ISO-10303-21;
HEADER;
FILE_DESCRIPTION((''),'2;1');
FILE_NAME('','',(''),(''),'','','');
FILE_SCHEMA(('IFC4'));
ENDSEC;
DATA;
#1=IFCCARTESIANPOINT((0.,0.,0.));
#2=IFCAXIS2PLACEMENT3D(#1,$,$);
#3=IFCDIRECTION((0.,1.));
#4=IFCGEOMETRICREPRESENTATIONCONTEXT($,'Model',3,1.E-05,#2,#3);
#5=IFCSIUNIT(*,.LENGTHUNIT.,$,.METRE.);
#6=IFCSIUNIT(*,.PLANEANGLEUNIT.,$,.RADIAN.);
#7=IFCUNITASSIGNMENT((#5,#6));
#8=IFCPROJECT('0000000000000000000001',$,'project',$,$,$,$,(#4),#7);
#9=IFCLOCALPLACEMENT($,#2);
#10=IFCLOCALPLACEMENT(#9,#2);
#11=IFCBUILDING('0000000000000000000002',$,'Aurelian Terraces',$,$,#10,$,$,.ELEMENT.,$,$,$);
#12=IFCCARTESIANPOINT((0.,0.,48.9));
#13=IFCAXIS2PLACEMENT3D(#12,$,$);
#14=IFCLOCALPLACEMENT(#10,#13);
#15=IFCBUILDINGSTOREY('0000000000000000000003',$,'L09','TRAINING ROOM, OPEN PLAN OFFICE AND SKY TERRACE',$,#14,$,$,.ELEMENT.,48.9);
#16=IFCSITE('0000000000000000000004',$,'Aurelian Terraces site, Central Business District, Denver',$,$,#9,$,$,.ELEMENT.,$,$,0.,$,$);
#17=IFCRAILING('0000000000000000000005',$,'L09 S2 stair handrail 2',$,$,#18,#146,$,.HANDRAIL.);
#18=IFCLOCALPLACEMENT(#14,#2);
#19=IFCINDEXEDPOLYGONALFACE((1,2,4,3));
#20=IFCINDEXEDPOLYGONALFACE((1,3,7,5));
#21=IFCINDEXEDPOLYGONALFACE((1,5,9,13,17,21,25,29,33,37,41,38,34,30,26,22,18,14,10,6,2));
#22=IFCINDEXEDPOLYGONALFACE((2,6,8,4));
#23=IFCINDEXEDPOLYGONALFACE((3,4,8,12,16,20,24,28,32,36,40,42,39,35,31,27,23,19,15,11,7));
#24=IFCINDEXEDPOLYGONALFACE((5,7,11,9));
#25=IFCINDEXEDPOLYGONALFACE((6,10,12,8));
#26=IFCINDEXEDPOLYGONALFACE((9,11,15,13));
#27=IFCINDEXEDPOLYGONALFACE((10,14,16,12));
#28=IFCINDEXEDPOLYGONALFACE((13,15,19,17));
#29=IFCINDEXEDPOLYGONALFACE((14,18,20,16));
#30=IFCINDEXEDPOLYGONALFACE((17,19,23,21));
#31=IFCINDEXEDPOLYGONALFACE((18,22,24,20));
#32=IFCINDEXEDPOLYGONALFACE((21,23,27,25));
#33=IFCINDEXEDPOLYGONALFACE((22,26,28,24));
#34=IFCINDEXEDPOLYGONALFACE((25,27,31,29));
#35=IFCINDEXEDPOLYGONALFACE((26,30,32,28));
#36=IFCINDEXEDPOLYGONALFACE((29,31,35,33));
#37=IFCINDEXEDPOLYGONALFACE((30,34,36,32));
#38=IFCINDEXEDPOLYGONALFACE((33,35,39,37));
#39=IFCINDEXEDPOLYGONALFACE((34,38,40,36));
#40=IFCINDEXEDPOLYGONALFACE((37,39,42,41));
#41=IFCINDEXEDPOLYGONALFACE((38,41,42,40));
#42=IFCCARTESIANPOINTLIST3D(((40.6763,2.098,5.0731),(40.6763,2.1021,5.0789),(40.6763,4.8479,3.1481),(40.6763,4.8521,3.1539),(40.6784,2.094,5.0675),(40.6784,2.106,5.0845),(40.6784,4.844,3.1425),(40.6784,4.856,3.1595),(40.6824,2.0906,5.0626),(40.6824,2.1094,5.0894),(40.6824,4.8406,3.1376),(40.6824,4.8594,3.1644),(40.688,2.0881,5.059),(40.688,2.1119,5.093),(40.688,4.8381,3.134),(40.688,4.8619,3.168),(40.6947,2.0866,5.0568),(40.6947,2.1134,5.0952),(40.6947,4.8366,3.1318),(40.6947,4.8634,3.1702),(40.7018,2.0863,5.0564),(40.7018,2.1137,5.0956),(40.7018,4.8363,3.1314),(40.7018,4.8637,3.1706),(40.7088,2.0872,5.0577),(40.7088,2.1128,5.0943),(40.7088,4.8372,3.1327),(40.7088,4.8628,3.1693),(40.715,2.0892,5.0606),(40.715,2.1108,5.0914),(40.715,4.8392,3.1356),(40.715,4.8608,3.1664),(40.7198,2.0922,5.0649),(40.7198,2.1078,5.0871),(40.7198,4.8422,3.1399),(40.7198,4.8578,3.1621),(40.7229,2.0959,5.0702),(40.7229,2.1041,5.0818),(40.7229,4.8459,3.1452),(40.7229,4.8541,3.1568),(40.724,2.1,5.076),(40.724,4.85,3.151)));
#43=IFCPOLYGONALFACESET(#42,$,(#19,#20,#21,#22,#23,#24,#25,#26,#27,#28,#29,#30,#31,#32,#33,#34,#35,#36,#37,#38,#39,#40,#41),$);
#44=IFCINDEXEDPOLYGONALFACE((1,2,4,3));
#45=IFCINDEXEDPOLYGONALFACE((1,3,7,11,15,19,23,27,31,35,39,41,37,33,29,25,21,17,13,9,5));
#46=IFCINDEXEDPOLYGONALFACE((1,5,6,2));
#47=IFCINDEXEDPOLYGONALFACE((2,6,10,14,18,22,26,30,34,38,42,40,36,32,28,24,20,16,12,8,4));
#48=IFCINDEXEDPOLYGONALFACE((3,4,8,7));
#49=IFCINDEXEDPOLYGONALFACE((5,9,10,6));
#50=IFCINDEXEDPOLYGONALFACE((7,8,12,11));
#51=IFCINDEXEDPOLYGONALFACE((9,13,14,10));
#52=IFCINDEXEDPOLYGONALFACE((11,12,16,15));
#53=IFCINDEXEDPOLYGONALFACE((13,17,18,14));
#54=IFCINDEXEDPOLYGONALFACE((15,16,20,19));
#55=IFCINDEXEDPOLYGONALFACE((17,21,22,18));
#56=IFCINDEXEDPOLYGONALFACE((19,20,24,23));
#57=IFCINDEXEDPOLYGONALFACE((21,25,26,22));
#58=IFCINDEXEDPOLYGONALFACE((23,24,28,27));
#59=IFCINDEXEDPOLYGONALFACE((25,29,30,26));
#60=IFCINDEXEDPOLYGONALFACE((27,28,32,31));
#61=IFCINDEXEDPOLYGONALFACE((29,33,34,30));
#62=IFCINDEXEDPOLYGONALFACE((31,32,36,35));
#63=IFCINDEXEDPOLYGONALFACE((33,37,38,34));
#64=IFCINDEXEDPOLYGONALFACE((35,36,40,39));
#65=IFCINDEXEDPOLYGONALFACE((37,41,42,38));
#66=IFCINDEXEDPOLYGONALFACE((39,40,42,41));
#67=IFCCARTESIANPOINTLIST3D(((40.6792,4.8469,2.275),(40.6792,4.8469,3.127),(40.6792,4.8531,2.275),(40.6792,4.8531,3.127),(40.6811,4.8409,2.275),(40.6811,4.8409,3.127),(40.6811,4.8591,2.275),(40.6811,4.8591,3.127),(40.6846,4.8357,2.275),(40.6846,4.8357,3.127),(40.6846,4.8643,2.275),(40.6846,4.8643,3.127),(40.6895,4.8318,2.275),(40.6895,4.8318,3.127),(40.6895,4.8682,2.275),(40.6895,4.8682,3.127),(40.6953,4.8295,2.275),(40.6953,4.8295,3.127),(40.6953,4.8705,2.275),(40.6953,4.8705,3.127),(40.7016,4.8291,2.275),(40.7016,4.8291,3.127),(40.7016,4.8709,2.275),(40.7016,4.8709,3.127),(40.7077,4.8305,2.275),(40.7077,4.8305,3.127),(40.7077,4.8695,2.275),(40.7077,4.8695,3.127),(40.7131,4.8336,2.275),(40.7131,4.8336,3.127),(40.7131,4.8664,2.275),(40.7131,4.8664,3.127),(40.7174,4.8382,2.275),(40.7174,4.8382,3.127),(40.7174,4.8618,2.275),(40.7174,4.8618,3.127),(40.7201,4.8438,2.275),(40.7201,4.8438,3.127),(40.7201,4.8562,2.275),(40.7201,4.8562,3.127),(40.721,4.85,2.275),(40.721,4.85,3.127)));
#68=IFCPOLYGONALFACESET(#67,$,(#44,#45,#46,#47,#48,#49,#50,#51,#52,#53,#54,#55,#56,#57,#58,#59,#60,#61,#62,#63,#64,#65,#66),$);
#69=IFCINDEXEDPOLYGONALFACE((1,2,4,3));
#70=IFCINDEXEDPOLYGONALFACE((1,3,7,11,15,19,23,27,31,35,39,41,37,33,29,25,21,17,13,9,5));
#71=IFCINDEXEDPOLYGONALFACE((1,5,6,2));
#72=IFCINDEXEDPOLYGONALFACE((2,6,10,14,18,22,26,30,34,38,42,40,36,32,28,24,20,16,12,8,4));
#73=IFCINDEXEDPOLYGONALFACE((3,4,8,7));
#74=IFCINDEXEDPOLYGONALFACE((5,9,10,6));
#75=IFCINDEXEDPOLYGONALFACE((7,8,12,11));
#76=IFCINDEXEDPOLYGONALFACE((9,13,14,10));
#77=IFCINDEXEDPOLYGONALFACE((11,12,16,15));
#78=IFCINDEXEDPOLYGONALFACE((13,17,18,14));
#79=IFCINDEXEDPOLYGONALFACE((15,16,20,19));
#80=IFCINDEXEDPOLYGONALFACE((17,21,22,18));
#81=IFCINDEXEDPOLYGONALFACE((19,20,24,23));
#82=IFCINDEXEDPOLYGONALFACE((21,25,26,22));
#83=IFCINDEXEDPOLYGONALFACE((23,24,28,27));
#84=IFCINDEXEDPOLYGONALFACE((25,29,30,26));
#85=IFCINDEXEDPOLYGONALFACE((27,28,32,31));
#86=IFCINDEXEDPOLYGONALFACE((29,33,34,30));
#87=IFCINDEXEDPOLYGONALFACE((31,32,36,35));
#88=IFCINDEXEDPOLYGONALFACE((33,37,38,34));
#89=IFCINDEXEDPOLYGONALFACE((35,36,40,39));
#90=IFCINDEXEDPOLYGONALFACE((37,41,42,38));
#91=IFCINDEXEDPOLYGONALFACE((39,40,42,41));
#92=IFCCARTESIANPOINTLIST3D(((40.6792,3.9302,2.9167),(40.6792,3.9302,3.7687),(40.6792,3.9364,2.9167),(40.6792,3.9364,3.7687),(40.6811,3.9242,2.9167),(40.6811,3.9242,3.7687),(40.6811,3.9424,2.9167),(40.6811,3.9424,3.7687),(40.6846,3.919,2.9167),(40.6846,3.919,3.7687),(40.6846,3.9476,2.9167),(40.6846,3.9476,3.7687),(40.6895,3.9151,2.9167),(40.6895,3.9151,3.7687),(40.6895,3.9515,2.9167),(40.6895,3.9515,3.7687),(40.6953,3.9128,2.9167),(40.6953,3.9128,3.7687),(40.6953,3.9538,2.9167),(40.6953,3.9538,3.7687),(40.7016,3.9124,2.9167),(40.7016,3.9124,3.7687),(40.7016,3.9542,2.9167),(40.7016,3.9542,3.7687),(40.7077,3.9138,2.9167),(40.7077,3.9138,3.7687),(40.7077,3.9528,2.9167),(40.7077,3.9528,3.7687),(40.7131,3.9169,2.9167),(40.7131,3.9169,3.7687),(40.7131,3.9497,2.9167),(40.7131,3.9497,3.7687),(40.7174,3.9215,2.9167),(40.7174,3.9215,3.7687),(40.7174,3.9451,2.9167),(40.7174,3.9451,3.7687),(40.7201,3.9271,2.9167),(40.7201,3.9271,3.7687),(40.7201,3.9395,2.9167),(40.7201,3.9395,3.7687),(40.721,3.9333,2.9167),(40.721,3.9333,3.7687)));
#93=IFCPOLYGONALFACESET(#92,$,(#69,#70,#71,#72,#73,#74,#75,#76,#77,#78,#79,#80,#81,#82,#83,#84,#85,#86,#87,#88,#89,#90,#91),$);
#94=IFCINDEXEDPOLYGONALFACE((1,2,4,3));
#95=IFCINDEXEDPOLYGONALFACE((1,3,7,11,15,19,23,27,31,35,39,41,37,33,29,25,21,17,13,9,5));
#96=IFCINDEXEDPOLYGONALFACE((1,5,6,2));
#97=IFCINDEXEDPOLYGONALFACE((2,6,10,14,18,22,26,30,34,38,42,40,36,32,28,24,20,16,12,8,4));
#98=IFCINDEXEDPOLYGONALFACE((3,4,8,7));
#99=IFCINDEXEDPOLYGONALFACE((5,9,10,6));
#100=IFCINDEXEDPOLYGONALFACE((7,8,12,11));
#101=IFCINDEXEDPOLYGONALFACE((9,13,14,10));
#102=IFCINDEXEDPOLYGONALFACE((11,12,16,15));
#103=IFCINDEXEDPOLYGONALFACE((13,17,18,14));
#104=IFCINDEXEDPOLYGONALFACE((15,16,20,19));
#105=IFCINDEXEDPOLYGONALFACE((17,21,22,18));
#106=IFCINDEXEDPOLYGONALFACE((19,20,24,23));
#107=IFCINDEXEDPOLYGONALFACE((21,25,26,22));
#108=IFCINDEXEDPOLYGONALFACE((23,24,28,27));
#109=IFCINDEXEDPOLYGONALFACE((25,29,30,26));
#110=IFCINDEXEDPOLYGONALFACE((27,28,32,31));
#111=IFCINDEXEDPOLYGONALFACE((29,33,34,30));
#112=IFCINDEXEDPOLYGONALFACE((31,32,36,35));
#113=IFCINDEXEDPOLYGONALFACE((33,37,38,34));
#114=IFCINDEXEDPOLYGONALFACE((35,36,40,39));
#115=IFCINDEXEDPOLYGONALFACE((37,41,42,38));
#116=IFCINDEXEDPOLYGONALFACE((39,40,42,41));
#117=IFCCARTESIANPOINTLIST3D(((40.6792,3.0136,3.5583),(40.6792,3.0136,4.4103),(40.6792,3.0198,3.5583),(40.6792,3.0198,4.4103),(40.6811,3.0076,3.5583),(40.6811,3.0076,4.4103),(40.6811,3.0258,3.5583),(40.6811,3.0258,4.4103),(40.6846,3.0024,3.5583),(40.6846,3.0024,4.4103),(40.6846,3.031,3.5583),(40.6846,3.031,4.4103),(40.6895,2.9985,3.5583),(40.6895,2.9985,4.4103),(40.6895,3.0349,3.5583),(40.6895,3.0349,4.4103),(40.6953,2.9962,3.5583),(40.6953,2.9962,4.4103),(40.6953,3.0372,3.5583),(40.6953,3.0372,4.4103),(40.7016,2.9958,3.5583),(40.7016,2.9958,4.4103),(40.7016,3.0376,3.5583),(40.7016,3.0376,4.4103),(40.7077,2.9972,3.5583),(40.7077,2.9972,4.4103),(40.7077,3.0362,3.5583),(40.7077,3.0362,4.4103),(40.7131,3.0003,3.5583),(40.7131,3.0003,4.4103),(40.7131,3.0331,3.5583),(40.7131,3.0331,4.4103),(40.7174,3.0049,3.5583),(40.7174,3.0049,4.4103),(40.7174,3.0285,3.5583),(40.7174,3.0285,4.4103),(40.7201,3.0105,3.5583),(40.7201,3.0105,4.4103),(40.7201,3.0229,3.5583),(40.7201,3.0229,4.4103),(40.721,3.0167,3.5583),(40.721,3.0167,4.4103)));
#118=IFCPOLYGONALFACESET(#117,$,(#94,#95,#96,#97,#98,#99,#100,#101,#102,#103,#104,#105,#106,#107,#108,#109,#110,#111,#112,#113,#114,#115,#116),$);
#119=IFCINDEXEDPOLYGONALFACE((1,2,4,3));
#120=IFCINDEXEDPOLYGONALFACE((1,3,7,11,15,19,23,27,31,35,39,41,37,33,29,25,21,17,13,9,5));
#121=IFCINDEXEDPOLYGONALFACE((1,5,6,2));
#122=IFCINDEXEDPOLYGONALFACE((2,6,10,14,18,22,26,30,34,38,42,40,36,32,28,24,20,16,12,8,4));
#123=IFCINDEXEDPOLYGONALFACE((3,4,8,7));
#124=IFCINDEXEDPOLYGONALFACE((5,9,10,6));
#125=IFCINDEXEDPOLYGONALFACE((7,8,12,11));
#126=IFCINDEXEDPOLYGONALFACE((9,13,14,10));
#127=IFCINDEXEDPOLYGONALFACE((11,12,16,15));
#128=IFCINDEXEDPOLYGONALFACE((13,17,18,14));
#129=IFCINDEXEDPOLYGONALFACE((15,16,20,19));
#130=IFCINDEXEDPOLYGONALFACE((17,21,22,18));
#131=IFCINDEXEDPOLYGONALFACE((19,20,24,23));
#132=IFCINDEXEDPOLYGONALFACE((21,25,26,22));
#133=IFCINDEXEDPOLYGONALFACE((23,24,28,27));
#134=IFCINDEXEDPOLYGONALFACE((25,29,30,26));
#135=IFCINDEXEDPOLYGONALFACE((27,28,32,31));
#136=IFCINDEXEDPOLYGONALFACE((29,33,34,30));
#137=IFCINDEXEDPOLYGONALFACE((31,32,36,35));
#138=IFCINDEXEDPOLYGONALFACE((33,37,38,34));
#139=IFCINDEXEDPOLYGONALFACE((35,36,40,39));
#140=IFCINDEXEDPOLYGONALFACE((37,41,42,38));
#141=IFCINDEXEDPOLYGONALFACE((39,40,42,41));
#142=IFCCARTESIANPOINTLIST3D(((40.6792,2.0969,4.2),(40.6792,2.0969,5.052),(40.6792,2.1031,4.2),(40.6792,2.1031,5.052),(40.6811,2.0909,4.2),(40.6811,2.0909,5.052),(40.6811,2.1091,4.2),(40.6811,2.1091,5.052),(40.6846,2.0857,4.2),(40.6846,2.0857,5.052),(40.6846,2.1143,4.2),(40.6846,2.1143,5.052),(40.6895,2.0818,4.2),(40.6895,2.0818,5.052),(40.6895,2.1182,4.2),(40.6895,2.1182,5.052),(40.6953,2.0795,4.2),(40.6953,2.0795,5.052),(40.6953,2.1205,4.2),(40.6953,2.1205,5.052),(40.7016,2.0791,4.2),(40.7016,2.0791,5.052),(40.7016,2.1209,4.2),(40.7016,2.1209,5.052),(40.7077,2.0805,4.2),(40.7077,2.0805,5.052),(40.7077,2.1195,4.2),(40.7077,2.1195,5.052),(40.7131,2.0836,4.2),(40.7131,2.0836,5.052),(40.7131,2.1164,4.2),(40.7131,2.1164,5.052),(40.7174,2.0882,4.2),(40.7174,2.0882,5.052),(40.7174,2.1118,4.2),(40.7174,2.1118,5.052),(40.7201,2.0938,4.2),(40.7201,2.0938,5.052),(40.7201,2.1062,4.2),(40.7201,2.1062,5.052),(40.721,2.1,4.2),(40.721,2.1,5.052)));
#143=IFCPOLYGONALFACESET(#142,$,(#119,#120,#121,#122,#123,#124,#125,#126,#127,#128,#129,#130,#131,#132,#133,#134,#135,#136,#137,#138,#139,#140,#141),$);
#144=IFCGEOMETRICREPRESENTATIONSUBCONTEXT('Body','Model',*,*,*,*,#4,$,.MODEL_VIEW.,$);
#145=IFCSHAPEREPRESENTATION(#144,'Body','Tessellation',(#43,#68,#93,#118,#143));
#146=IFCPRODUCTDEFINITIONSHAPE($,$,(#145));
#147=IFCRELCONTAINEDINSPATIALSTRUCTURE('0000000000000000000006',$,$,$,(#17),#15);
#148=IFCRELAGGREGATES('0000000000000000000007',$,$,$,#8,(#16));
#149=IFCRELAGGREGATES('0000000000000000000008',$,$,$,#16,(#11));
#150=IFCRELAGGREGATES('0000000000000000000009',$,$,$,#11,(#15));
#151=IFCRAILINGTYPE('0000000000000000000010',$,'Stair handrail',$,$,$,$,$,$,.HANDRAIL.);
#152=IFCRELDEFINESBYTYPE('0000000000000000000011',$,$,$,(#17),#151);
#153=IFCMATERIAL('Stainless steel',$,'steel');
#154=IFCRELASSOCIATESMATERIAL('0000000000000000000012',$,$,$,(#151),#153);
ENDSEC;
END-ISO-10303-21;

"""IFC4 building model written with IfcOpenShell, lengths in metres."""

from ifc_helpers import new_model, si_unit, direction, frame, origin, origin_2d, place, context, subcontext, project, spatial, circle, extrude, source, transform, mapped, material, type_object, element, save


model = new_model("IFC4")

# Units and contexts
model_context = context("Model", 3, precision=1e-05, world=origin(), true_north=direction((0.0, 1.0)))
body_context = subcontext(model_context, "Body", "Model", "MODEL_VIEW")
ifc_project = project(units=[si_unit("LENGTHUNIT", "METRE"), si_unit("PLANEANGLEUNIT", "RADIAN")], contexts=[model_context])

# Site, building, storey
site_placement = place(None, origin())
site = spatial("IfcSite", under=ifc_project, at=site_placement, Name="Aurelian Terraces site, Central Business District, Denver", CompositionType="ELEMENT", RefElevation=0.0)
building_placement = place(site_placement, origin())
building = spatial("IfcBuilding", under=site, at=building_placement, Name="Aurelian Terraces", CompositionType="ELEMENT")
storey_placement = place(building_placement, frame((0.0, 0.0, 48.9)))
storey = spatial("IfcBuildingStorey", under=building, at=storey_placement, Name="L09", Description="TRAINING ROOM, OPEN PLAN OFFICE AND SKY TERRACE", CompositionType="ELEMENT", Elevation=48.9)

# Railing
ifc_material_1 = material(Name="Stainless steel", Category="steel")
railing_type_1 = type_object("IfcRailingType", Name="Stair handrail", PredefinedType="HANDRAIL", material=ifc_material_1)
shared_shape_1 = source(origin(), body_context, "Body", "SweptSolid", [
    extrude(circle(Radius=0.024, at=origin_2d()), frame((0.0, 0.0, 0.876), z_axis=(0.0, -0.819232, 0.573462), x_axis=(1.0, 0.0, 0.0)), (0.0, 0.0, 1.0), 3.3568),
    extrude(circle(Radius=0.021, at=origin_2d()), origin(), (0.0, 0.0, 1.0), 0.852),
    extrude(circle(Radius=0.021, at=origin_2d()), frame((0.0, -0.9167, 0.6417)), (0.0, 0.0, 1.0), 0.852),
    extrude(circle(Radius=0.021, at=origin_2d()), frame((0.0, -1.8333, 1.2833)), (0.0, 0.0, 1.0), 0.852),
    extrude(circle(Radius=0.021, at=origin_2d()), frame((0.0, -2.75, 1.925)), (0.0, 0.0, 1.0), 0.852),
])
railing_1_placement = place(storey_placement, frame((40.7, 4.85, 2.275)))
element("IfcRailing", 1, at=railing_1_placement, inside=storey, type_object=railing_type_1, Name="L09 S2 stair handrail 2", PredefinedType="HANDRAIL", context=body_context, shape_type="MappedRepresentation", body=[
    mapped(shared_shape_1, transform((0.0, 0.0, 0.0), scale=1.0)),
])

save(model, "model.ifc")
